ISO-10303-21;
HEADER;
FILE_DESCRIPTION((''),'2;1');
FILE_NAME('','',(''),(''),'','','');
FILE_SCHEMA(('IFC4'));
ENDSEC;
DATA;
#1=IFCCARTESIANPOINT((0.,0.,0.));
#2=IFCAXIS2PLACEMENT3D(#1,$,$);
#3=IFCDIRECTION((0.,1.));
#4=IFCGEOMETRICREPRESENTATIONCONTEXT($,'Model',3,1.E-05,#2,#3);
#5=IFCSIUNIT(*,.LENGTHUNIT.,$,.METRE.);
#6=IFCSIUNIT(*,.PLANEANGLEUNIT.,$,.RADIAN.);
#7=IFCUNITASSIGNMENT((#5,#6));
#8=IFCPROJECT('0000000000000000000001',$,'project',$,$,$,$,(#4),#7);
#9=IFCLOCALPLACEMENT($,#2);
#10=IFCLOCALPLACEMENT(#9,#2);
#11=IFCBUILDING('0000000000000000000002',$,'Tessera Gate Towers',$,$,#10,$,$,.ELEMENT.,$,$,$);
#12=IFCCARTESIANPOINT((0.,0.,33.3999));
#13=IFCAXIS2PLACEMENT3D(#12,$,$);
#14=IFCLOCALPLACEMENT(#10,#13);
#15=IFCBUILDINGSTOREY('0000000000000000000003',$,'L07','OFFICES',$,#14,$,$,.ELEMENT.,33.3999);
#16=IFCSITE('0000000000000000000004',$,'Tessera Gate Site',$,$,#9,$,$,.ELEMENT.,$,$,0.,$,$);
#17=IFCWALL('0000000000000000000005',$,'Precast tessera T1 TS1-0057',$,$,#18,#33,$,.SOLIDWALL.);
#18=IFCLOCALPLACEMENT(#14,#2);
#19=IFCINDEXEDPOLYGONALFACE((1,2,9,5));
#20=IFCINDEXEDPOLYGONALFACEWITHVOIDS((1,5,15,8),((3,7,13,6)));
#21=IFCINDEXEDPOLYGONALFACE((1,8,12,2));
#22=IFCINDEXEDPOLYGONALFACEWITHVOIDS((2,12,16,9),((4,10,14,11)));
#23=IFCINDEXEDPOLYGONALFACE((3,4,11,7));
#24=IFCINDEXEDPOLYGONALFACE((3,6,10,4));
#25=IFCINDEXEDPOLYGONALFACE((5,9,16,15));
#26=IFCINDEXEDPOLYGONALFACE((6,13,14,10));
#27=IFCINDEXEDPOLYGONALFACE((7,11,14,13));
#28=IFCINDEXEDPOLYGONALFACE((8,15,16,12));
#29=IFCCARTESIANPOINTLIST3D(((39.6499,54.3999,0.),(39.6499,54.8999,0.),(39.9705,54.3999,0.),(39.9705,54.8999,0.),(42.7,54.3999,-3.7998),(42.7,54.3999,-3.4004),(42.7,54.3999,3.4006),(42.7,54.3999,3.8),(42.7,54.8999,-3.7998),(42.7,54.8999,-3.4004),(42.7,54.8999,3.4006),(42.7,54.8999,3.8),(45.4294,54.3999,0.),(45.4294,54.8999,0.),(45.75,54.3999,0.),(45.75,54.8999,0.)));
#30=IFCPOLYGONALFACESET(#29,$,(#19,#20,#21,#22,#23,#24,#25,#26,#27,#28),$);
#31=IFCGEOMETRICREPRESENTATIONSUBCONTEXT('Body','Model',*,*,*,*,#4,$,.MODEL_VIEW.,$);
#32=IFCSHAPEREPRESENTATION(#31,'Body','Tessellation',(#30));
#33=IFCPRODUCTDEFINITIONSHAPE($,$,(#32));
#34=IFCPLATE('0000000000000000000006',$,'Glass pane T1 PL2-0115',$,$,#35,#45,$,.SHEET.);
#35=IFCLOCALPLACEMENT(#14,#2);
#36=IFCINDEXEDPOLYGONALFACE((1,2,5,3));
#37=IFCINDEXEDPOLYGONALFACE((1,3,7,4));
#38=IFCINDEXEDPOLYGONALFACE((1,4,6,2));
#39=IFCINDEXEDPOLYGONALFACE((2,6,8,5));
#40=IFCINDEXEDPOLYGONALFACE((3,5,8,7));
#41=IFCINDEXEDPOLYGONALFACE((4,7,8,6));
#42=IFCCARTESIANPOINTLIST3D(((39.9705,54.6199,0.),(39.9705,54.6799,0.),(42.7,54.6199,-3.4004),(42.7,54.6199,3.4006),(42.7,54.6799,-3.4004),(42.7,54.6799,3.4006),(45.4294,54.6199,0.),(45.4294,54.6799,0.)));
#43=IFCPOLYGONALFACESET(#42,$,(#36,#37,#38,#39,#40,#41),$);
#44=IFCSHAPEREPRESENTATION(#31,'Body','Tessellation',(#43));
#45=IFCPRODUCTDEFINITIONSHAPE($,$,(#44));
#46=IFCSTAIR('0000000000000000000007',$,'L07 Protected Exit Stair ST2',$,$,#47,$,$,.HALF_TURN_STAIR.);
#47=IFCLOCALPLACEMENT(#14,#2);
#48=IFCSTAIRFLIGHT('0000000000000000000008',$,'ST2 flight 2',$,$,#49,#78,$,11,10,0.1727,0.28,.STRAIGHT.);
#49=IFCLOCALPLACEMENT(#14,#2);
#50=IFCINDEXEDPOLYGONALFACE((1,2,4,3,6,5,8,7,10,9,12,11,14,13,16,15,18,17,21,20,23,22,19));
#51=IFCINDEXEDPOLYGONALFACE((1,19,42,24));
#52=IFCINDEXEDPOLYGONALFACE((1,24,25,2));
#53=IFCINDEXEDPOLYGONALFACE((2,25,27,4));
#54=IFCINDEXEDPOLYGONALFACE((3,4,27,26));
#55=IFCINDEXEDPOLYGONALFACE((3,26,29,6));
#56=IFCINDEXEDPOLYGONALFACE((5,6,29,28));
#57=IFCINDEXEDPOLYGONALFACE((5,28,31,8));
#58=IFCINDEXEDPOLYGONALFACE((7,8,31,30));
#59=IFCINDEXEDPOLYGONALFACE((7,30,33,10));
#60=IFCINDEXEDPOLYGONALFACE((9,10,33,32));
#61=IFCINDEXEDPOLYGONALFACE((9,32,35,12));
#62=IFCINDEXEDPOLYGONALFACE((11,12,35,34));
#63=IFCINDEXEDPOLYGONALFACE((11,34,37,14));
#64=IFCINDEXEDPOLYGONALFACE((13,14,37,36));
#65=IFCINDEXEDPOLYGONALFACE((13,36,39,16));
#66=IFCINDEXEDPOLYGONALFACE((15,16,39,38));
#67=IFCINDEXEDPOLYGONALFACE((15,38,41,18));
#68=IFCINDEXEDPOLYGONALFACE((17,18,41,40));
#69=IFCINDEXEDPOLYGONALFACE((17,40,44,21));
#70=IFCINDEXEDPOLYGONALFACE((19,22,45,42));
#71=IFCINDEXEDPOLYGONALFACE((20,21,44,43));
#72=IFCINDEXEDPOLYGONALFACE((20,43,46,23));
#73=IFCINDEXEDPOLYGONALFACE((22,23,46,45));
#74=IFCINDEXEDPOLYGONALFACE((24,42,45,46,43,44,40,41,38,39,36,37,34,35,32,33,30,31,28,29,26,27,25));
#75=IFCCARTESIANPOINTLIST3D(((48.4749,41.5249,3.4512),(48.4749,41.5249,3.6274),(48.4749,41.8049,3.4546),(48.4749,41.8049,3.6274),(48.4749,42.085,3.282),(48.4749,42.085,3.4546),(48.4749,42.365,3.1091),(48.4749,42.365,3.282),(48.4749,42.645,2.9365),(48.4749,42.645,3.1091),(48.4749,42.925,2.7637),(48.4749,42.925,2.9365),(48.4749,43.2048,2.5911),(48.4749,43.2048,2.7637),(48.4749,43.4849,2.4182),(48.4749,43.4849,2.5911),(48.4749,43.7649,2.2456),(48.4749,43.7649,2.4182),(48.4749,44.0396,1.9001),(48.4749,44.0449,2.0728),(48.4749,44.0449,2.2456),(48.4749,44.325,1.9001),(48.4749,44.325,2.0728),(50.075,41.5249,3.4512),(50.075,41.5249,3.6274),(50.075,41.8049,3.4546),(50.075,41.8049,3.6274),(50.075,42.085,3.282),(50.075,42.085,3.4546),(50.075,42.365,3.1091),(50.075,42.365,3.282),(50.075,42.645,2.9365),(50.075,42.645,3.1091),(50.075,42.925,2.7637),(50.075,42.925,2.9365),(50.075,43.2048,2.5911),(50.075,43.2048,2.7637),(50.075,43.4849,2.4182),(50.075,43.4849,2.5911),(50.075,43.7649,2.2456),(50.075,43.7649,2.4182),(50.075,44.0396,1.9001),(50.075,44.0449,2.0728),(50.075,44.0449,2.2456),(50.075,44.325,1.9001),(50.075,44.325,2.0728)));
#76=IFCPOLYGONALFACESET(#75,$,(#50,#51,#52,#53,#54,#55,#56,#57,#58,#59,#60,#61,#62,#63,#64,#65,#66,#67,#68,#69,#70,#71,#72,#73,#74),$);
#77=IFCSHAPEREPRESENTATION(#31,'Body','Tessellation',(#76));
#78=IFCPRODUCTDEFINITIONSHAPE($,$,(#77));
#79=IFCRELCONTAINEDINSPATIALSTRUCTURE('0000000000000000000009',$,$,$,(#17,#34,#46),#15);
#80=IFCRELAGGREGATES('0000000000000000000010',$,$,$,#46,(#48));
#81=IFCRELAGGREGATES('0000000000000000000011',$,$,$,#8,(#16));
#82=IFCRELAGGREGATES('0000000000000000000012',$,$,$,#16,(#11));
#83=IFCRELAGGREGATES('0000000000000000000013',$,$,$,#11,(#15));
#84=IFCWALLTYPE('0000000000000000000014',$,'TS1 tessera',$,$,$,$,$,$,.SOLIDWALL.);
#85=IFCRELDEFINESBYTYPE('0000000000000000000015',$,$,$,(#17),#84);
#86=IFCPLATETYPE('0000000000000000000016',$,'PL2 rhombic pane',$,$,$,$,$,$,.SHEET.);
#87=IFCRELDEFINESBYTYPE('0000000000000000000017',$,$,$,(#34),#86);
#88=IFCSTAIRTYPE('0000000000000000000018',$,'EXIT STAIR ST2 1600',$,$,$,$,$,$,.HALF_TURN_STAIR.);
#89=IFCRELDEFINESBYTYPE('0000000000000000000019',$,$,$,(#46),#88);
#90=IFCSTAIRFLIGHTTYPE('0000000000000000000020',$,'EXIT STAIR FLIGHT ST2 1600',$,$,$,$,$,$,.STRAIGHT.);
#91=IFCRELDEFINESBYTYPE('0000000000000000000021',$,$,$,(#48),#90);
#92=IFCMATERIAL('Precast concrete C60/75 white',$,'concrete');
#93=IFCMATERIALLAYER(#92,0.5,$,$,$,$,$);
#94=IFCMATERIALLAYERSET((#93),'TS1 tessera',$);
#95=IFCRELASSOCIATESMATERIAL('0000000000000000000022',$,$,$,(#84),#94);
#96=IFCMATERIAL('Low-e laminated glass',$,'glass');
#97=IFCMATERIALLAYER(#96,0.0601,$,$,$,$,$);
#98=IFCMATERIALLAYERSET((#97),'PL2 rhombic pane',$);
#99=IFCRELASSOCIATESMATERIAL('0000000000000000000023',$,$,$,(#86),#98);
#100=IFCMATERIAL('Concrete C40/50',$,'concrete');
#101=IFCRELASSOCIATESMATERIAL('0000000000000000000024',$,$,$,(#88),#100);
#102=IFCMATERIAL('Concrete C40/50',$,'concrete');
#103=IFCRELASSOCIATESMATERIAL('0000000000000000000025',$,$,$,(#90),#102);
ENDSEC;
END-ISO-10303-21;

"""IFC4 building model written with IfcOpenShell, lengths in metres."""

from ifc_helpers import new_model, si_unit, direction, frame, origin, place, context, subcontext, project, spatial, polyline, outline, extrude, source, transform, mapped, material, layer, layer_set, type_object, element, fill, aggregate, save


model = new_model("IFC4")

# Units and contexts
model_context = context("Model", 3, precision=1e-05, world=origin(), true_north=direction((0.0, 1.0)))
body_context = subcontext(model_context, "Body", "Model", "MODEL_VIEW")
ifc_project = project(units=[si_unit("LENGTHUNIT", "METRE"), si_unit("PLANEANGLEUNIT", "RADIAN")], contexts=[model_context])

# Site, building, storey
site_placement = place(None, origin())
site = spatial("IfcSite", under=ifc_project, at=site_placement, Name="Tessera Gate Site", CompositionType="ELEMENT", RefElevation=0.0)
building_placement = place(site_placement, origin())
building = spatial("IfcBuilding", under=site, at=building_placement, Name="Tessera Gate Towers", CompositionType="ELEMENT")
storey_placement = place(building_placement, frame((0.0, 0.0, 33.3999)))
storey = spatial("IfcBuildingStorey", under=building, at=storey_placement, Name="L07", Description="OFFICES", CompositionType="ELEMENT", Elevation=33.3999)

# Wall, opening, plate
ifc_material_1 = material(Name="Precast concrete C60/75 white", Category="concrete")
ifc_layer_1 = layer(ifc_material_1, 0.5)
ifc_layer_set_1 = layer_set([ifc_layer_1], Name="TS1 tessera")
wall_type_1 = type_object("IfcWallType", Name="TS1 tessera", PredefinedType="SOLIDWALL", material=ifc_layer_set_1)
shared_shape_1 = source(origin(), body_context, "Body", "SweptSolid", [
    extrude(outline(polyline([(3.05, 0.0), (6.1001, 3.7998), (3.05, 7.5999), (0.0, 3.7998), (3.05, 0.0)])), frame((0.0, 0.25, 0.0), z_axis=(0.0, -1.0, 0.0), x_axis=(1.0, 0.0, 0.0)), (0.0, 0.0, 1.0), 0.5),
])
wall_1_placement = place(storey_placement, frame((45.75, 54.6499, -3.7998), z_axis=(0.0, 0.0, 1.0), x_axis=(-1.0, 0.0, 0.0)))
wall_1 = element("IfcWall", 1, at=wall_1_placement, inside=storey, type_object=wall_type_1, Name="Precast tessera T1 TS1-0057", PredefinedType="SOLIDWALL", context=body_context, shape_type="MappedRepresentation", body=[
    mapped(shared_shape_1, transform((0.0, 0.0, 0.0), scale=1.0)),
])
shared_shape_2 = source(origin(), body_context, "Body", "SweptSolid", [
    extrude(outline(polyline([(3.05, 0.3994), (5.7795, 3.7998), (3.05, 7.2004), (0.3206, 3.7998), (3.05, 0.3994)])), frame((0.0, 0.26, 0.0), z_axis=(0.0, -1.0, 0.0), x_axis=(1.0, 0.0, 0.0)), (0.0, 0.0, 1.0), 0.52),
])
opening_1_placement = place(wall_1_placement, origin())
opening_1 = element("IfcOpeningElement", 2, at=opening_1_placement, cuts=wall_1, PredefinedType="OPENING", context=body_context, shape_type="MappedRepresentation", body=[
    mapped(shared_shape_2, transform((0.0, 0.0, 0.0), scale=1.0)),
])
ifc_material_2 = material(Name="Low-e laminated glass", Category="glass")
ifc_layer_2 = layer(ifc_material_2, 0.0601)
ifc_layer_set_2 = layer_set([ifc_layer_2], Name="PL2 rhombic pane")
plate_type = type_object("IfcPlateType", Name="PL2 rhombic pane", PredefinedType="SHEET", material=ifc_layer_set_2)
shared_shape_3 = source(origin(), body_context, "Body", "SweptSolid", [
    extrude(outline(polyline([(3.05, 0.3994), (5.7795, 3.7998), (3.05, 7.2004), (0.3206, 3.7998), (3.05, 0.3994)])), frame((0.0, 0.03, 0.0), z_axis=(0.0, -1.0, 0.0), x_axis=(1.0, 0.0, 0.0)), (0.0, 0.0, 1.0), 0.0601),
])
plate_placement = place(opening_1_placement, origin())
plate = element("IfcPlate", 3, at=plate_placement, inside=storey, type_object=plate_type, Name="Glass pane T1 PL2-0115", PredefinedType="SHEET", context=body_context, shape_type="MappedRepresentation", body=[
    mapped(shared_shape_3, transform((0.0, 0.0, 0.0), scale=1.0)),
])
fill(opening_1, plate)

# Stair, stair flight
ifc_material_3 = material(Name="Concrete C40/50", Category="concrete")
stair_type = type_object("IfcStairType", Name="EXIT STAIR ST2 1600", PredefinedType="HALF_TURN_STAIR", material=ifc_material_3)
stair_placement = place(storey_placement, origin())
stair = element("IfcStair", 4, at=stair_placement, inside=storey, type_object=stair_type, Name="L07 Protected Exit Stair ST2", PredefinedType="HALF_TURN_STAIR")
ifc_material_4 = material(Name="Concrete C40/50", Category="concrete")
stair_flight_type = type_object("IfcStairFlightType", Name="EXIT STAIR FLIGHT ST2 1600", PredefinedType="STRAIGHT", material=ifc_material_4)
stair_flight_placement = place(storey_placement, frame((49.2749, 44.325, 1.9001), z_axis=(0.0, 0.0, 1.0), x_axis=(0.0, -1.0, 0.0)))
stair_flight = element("IfcStairFlight", 5, at=stair_flight_placement, type_object=stair_flight_type, Name="ST2 flight 2", NumberOfRisers=11, NumberOfTreads=10, PredefinedType="STRAIGHT", RiserHeight=0.1727, TreadLength=0.28, context=body_context, shape_type="SweptSolid", body=[
    extrude(outline(polyline([(0.0, 0.0), (0.0, 0.1726), (0.28, 0.1726), (0.28, 0.3455), (0.5601, 0.3455), (0.5601, 0.5181), (0.8401, 0.5181), (0.8401, 0.6909), (1.1201, 0.6909), (1.1201, 0.8635), (1.3999, 0.8635), (1.3999, 1.0364), (1.6799, 1.0364), (1.6799, 1.209), (1.96, 1.209), (1.96, 1.3818), (2.24, 1.3818), (2.24, 1.5544), (2.52, 1.5544), (2.52, 1.7273), (2.8, 1.7273), (2.8, 1.8999), (2.8, 1.551), (0.2854, 0.0), (0.0, 0.0)])), frame((0.0, 0.8, 0.0), z_axis=(0.0, -1.0, 0.0), x_axis=(1.0, 0.0, 0.0)), (0.0, 0.0, 1.0), 1.6001),
])
aggregate(stair, [stair_flight])

save(model, "model.ifc")
